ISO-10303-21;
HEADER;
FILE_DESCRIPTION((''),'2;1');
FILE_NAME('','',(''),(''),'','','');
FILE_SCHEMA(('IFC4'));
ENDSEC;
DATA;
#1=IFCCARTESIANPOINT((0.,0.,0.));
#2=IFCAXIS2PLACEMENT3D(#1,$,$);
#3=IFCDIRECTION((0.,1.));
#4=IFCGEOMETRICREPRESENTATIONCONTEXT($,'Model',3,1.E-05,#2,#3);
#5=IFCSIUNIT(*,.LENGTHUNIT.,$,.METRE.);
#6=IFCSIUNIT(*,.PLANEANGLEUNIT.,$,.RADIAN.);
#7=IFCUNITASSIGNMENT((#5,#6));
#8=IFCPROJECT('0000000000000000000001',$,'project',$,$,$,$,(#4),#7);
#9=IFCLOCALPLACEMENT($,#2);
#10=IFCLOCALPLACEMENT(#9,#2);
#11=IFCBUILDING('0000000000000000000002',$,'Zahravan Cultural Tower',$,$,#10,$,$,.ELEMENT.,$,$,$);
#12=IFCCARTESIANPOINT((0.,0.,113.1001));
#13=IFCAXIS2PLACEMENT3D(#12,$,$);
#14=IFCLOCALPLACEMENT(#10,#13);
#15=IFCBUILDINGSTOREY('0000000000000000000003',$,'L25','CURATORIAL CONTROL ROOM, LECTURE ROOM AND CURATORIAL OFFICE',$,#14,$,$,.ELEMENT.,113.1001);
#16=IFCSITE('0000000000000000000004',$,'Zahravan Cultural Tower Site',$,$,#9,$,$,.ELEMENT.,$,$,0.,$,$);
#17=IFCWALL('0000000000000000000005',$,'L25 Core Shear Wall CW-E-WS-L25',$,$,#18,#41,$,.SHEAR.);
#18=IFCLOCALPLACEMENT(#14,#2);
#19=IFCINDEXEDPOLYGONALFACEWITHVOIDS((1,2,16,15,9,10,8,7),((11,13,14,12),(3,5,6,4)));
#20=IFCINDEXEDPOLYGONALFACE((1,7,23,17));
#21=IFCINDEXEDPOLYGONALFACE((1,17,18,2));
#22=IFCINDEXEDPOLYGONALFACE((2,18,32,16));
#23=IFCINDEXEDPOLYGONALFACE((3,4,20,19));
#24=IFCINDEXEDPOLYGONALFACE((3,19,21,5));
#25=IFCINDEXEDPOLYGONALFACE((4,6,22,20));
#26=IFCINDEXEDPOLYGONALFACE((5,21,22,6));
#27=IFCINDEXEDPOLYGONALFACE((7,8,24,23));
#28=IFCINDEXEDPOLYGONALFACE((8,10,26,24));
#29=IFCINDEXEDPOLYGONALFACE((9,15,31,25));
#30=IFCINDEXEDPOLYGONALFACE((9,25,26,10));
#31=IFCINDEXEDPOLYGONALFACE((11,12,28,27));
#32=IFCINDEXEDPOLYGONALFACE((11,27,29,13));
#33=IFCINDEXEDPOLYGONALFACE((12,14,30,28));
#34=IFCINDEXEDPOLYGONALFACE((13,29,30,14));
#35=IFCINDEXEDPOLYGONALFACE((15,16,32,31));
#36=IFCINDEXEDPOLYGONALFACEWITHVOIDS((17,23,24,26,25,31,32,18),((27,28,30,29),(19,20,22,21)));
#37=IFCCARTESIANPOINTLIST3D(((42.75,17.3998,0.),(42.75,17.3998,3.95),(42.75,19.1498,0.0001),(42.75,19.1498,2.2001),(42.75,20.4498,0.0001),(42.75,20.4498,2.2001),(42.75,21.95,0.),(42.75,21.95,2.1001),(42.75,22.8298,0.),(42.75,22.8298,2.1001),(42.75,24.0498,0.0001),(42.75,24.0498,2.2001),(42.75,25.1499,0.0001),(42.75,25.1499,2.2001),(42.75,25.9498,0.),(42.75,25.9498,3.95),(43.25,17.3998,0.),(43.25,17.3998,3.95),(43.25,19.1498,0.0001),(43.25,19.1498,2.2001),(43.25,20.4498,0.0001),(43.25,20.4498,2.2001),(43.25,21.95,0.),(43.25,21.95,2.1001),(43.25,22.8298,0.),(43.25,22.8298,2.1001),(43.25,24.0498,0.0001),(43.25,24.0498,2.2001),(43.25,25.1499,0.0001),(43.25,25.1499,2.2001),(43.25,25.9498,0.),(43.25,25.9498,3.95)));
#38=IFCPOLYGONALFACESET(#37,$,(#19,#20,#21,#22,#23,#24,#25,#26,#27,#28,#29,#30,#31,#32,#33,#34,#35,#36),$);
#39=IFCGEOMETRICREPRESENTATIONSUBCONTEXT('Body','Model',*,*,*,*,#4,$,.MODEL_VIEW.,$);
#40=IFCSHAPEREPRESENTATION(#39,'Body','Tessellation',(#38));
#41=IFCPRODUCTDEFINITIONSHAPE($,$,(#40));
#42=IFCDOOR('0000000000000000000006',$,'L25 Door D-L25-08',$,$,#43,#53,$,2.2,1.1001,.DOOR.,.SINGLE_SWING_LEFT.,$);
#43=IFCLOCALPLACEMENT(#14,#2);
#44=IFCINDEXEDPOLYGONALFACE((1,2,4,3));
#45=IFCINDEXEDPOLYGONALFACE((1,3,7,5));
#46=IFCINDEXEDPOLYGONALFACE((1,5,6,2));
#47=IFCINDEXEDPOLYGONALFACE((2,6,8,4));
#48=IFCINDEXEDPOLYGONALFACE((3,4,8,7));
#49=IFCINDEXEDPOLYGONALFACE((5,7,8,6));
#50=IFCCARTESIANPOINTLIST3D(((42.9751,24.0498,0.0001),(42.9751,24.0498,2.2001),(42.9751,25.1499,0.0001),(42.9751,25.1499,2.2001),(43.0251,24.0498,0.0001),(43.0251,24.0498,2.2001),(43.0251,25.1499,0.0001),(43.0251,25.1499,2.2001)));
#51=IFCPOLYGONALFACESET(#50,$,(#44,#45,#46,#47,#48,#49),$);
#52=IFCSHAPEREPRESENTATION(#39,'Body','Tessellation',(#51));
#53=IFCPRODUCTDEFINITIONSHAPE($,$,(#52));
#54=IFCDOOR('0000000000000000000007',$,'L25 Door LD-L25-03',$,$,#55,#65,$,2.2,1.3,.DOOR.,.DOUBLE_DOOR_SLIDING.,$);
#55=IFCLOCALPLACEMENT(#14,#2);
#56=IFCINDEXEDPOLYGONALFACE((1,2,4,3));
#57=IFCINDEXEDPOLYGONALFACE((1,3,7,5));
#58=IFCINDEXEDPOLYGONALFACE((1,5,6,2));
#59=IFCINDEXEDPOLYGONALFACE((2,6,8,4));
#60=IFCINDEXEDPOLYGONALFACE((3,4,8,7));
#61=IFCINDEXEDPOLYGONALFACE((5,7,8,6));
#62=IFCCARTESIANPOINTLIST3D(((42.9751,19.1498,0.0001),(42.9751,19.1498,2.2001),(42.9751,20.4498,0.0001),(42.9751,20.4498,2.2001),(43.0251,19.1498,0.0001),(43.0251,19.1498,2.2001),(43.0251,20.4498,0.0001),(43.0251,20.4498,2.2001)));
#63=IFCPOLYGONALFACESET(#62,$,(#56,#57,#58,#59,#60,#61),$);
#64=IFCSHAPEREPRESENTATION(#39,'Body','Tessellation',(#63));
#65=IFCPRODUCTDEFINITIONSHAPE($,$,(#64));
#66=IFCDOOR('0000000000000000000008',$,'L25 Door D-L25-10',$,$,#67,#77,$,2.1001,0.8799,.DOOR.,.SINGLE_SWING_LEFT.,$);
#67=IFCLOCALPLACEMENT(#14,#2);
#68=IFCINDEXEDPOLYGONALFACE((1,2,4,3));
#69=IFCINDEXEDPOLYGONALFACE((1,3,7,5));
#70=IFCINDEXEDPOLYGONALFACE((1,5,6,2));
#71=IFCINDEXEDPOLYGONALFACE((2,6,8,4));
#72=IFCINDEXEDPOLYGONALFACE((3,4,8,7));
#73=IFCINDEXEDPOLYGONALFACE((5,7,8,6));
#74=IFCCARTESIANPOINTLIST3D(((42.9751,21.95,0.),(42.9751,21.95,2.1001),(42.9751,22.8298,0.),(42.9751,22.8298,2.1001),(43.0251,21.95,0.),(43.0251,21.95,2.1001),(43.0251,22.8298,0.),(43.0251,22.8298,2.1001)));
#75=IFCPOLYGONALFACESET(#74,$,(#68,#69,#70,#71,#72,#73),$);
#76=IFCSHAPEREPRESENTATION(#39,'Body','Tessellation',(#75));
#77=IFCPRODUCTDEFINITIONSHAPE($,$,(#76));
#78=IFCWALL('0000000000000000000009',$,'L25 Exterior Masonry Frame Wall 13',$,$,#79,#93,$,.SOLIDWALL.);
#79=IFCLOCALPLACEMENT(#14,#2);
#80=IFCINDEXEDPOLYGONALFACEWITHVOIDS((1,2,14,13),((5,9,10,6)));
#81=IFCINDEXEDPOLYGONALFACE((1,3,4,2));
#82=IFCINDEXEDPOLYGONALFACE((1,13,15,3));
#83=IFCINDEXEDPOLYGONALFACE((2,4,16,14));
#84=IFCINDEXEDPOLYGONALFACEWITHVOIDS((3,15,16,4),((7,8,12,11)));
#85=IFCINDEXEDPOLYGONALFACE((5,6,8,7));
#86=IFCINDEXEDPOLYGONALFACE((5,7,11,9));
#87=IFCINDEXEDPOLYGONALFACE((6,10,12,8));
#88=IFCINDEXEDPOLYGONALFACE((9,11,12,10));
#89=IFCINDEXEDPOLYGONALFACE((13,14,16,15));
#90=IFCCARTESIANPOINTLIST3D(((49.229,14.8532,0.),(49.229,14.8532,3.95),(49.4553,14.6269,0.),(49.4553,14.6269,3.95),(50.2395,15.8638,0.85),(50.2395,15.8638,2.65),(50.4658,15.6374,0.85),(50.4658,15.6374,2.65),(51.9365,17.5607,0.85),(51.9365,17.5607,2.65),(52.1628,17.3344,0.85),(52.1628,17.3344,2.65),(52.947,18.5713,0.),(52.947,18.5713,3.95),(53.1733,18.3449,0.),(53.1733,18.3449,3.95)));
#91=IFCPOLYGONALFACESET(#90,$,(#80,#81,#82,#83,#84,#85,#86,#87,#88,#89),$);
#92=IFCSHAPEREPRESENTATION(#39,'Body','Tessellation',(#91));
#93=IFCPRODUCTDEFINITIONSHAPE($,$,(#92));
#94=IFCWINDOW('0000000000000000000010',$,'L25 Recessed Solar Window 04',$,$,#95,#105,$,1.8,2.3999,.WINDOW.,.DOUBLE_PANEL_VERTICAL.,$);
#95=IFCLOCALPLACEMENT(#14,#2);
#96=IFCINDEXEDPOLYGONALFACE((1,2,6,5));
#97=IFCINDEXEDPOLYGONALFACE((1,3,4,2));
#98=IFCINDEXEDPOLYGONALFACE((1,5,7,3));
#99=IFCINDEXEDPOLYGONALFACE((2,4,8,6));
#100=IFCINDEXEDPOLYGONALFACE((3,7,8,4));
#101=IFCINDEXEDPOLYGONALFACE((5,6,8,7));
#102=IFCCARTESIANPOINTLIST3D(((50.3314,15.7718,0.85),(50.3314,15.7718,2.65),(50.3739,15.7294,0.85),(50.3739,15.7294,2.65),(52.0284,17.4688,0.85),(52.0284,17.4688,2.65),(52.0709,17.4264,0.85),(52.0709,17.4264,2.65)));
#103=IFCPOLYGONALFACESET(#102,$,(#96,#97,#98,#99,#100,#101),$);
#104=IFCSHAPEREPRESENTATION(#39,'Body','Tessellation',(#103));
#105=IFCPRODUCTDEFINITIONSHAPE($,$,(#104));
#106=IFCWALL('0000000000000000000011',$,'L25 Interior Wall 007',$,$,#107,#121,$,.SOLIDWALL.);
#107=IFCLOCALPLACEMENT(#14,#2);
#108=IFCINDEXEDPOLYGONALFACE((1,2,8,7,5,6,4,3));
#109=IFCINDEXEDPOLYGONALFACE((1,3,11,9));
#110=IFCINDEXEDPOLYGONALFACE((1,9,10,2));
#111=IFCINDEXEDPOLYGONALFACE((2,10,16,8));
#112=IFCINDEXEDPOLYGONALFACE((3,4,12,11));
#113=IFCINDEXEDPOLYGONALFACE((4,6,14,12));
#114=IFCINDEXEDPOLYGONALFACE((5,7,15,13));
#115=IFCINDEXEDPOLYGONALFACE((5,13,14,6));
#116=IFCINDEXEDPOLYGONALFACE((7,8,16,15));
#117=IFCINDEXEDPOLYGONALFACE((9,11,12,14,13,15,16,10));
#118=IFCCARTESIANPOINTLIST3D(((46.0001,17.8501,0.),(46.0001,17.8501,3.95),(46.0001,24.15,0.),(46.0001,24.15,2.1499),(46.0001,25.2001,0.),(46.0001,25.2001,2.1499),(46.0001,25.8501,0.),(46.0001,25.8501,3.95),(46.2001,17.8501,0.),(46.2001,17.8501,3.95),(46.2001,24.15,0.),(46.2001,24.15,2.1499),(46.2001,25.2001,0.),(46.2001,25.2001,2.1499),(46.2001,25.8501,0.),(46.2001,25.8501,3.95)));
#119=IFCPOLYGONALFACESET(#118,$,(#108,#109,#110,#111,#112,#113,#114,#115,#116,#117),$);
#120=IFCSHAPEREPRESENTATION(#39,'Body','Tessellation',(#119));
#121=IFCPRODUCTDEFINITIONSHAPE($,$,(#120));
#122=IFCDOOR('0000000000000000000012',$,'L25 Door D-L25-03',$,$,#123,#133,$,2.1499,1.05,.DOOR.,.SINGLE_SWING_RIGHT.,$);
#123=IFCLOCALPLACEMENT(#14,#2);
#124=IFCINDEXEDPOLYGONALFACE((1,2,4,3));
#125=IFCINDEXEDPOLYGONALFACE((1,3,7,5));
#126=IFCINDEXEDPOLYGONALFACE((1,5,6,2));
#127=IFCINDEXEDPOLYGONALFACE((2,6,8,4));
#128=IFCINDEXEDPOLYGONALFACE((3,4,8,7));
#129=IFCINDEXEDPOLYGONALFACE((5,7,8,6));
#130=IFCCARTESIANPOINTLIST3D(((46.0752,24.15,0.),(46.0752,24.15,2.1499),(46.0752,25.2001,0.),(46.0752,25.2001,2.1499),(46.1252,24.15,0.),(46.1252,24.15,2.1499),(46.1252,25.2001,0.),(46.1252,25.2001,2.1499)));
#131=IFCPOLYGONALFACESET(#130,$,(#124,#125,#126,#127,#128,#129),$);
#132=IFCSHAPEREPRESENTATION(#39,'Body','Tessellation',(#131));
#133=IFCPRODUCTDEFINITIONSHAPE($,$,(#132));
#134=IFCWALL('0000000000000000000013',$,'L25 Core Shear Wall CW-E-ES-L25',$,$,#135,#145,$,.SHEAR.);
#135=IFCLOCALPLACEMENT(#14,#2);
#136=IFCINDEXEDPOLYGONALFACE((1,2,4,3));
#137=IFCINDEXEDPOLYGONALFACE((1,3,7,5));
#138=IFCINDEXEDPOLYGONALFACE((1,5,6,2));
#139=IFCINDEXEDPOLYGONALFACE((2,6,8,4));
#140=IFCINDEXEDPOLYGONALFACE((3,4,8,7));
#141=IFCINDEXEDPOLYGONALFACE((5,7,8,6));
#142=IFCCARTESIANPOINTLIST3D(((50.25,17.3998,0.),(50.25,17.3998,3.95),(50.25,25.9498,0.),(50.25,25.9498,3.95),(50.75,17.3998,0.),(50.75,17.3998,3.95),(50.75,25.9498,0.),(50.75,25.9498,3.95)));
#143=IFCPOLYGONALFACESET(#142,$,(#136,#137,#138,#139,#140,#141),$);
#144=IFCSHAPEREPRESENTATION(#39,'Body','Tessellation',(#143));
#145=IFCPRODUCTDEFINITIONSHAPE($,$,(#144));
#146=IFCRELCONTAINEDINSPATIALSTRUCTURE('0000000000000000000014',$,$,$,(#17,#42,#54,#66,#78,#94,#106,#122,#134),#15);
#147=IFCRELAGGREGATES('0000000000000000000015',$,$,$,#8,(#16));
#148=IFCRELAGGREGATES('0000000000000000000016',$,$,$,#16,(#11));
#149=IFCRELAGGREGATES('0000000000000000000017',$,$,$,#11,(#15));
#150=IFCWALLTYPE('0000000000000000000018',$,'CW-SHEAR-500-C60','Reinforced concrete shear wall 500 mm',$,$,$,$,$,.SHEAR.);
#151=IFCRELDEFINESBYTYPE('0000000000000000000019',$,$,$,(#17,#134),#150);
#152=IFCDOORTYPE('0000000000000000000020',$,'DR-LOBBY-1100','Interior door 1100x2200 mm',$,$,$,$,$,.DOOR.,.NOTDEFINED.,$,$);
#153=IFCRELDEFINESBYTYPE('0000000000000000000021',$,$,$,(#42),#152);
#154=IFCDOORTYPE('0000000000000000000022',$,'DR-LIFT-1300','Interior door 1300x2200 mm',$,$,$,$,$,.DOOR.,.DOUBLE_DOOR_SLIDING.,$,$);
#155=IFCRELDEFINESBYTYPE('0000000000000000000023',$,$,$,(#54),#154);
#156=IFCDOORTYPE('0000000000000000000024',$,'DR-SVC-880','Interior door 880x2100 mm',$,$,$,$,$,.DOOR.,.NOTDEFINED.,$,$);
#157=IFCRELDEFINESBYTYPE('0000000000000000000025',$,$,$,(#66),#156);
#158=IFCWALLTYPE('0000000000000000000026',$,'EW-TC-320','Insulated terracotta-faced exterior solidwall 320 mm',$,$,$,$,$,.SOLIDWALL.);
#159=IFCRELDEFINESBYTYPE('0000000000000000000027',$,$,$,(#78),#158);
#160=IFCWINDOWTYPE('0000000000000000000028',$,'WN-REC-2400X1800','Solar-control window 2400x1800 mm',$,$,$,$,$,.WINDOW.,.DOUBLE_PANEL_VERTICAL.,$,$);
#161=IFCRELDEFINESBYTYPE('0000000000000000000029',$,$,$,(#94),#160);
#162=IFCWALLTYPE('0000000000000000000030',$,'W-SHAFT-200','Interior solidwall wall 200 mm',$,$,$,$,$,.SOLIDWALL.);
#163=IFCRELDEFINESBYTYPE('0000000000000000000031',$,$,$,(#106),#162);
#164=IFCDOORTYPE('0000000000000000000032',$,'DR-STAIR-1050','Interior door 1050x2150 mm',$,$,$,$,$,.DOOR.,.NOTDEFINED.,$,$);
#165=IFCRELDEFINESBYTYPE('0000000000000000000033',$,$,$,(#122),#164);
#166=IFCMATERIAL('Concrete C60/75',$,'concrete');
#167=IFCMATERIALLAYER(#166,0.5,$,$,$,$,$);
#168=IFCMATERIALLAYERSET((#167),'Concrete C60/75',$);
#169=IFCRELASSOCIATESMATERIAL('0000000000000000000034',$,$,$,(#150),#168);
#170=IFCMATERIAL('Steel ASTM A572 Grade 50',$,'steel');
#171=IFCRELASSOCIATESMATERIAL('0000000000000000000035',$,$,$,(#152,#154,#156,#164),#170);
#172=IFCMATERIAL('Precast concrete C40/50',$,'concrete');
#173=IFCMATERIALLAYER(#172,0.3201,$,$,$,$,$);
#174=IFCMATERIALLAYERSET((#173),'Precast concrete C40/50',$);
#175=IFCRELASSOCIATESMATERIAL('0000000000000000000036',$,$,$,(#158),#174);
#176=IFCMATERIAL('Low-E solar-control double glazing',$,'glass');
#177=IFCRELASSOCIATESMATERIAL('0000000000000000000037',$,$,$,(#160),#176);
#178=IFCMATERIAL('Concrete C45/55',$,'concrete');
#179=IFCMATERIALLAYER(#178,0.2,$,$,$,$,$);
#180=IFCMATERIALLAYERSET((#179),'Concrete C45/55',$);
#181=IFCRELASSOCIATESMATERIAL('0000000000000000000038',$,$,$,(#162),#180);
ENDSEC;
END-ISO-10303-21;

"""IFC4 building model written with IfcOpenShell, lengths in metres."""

from ifc_helpers import new_model, si_unit, direction, frame, frame_2d, origin, place, context, subcontext, project, spatial, rectangle, extrude, source, transform, mapped, material, layer, layer_set, type_object, element, fill, save


model = new_model("IFC4")

# Units and contexts
model_context = context("Model", 3, precision=1e-05, world=origin(), true_north=direction((0.0, 1.0)))
body_context = subcontext(model_context, "Body", "Model", "MODEL_VIEW")
ifc_project = project(units=[si_unit("LENGTHUNIT", "METRE"), si_unit("PLANEANGLEUNIT", "RADIAN")], contexts=[model_context])

# Site, building, storey
site_placement = place(None, origin())
site = spatial("IfcSite", under=ifc_project, at=site_placement, Name="Zahravan Cultural Tower Site", CompositionType="ELEMENT", RefElevation=0.0)
building_placement = place(site_placement, origin())
building = spatial("IfcBuilding", under=site, at=building_placement, Name="Zahravan Cultural Tower", CompositionType="ELEMENT")
storey_placement = place(building_placement, frame((0.0, 0.0, 113.1001)))
storey = spatial("IfcBuildingStorey", under=building, at=storey_placement, Name="L25", Description="CURATORIAL CONTROL ROOM, LECTURE ROOM AND CURATORIAL OFFICE", CompositionType="ELEMENT", Elevation=113.1001)

# Shared definitions
ifc_material_1 = material(Name="Concrete C60/75", Category="concrete")

# Wall, openings, doors
ifc_layer_1 = layer(ifc_material_1, 0.5)
ifc_layer_set_1 = layer_set([ifc_layer_1], Name="Concrete C60/75")
wall_type_1 = type_object("IfcWallType", Name="CW-SHEAR-500-C60", Description="Reinforced concrete shear wall 500 mm", PredefinedType="SHEAR", material=ifc_layer_set_1)
wall_1_placement = place(storey_placement, frame((43.0, 17.3999, 0.0), z_axis=(0.0, 0.0, 1.0), x_axis=(0.0, 1.0, 0.0)))
wall_1 = element("IfcWall", 1, at=wall_1_placement, inside=storey, type_object=wall_type_1, Name="L25 Core Shear Wall CW-E-WS-L25", PredefinedType="SHEAR", context=body_context, shape_type="SweptSolid", body=[
    extrude(rectangle(XDim=8.55, YDim=0.5, at=frame_2d((4.2749, 0.0))), origin(), (0.0, 0.0, 1.0), 3.95),
])
opening_1_placement = place(wall_1_placement, frame((6.6499, 0.0, 0.0)))
opening_1 = element("IfcOpeningElement", 2, at=opening_1_placement, cuts=wall_1, PredefinedType="OPENING", context=body_context, shape_type="SweptSolid", body=[
    extrude(rectangle(XDim=1.1001, YDim=2.2, at=frame_2d((0.55, 1.1001))), frame((0.0, 0.26, 0.0), z_axis=(0.0, -1.0, 0.0), x_axis=(1.0, 0.0, 0.0)), (0.0, 0.0, 1.0), 0.52),
])
opening_2_placement = place(wall_1_placement, frame((1.75, 0.0, 0.0)))
opening_2 = element("IfcOpeningElement", 3, at=opening_2_placement, cuts=wall_1, PredefinedType="OPENING", context=body_context, shape_type="SweptSolid", body=[
    extrude(rectangle(XDim=1.3, YDim=2.2, at=frame_2d((0.6499, 1.1001))), frame((0.0, 0.26, 0.0), z_axis=(0.0, -1.0, 0.0), x_axis=(1.0, 0.0, 0.0)), (0.0, 0.0, 1.0), 0.52),
])
opening_3_placement = place(wall_1_placement, frame((4.55, 0.0, 0.0)))
opening_3 = element("IfcOpeningElement", 4, at=opening_3_placement, cuts=wall_1, PredefinedType="OPENING", context=body_context, shape_type="SweptSolid", body=[
    extrude(rectangle(XDim=0.8799, YDim=2.1001, at=frame_2d((0.4399, 1.05))), frame((0.0, 0.26, 0.0), z_axis=(0.0, -1.0, 0.0), x_axis=(1.0, 0.0, 0.0)), (0.0, 0.0, 1.0), 0.52),
])
ifc_material_2 = material(Name="Steel ASTM A572 Grade 50", Category="steel")
door_type_1 = type_object("IfcDoorType", Name="DR-LOBBY-1100", Description="Interior door 1100x2200 mm", OperationType="NOTDEFINED", PredefinedType="DOOR", material=ifc_material_2)
shared_shape_1 = source(origin(), body_context, "Body", "SweptSolid", [
    extrude(rectangle(XDim=1.1001, YDim=2.2, at=frame_2d((0.55, 1.1001))), frame((0.0, 0.0249, 0.0), z_axis=(0.0, -1.0, 0.0), x_axis=(1.0, 0.0, 0.0)), (0.0, 0.0, 1.0), 0.05),
])
door_1_placement = place(opening_1_placement, origin())
door_1 = element("IfcDoor", 5, at=door_1_placement, inside=storey, type_object=door_type_1, Name="L25 Door D-L25-08", OperationType="SINGLE_SWING_LEFT", OverallHeight=2.2, OverallWidth=1.1001, PredefinedType="DOOR", context=body_context, shape_type="MappedRepresentation", body=[
    mapped(shared_shape_1, transform((0.0, 0.0, 0.0), x_axis=(1.0, 0.0, 0.0), y_axis=(0.0, 1.0, 0.0), z_axis=(0.0, 0.0, 1.0), scale=1.0)),
])
fill(opening_1, door_1)
door_type_2 = type_object("IfcDoorType", Name="DR-LIFT-1300", Description="Interior door 1300x2200 mm", OperationType="DOUBLE_DOOR_SLIDING", PredefinedType="DOOR", material=ifc_material_2)
shared_shape_2 = source(origin(), body_context, "Body", "SweptSolid", [
    extrude(rectangle(XDim=1.3, YDim=2.2, at=frame_2d((0.6499, 1.1001))), frame((0.0, 0.0249, 0.0), z_axis=(0.0, -1.0, 0.0), x_axis=(1.0, 0.0, 0.0)), (0.0, 0.0, 1.0), 0.05),
])
door_2_placement = place(opening_2_placement, origin())
door_2 = element("IfcDoor", 6, at=door_2_placement, inside=storey, type_object=door_type_2, Name="L25 Door LD-L25-03", OperationType="DOUBLE_DOOR_SLIDING", OverallHeight=2.2, OverallWidth=1.3, PredefinedType="DOOR", context=body_context, shape_type="MappedRepresentation", body=[
    mapped(shared_shape_2, transform((0.0, 0.0, 0.0), x_axis=(1.0, 0.0, 0.0), y_axis=(0.0, 1.0, 0.0), z_axis=(0.0, 0.0, 1.0), scale=1.0)),
])
fill(opening_2, door_2)
door_type_3 = type_object("IfcDoorType", Name="DR-SVC-880", Description="Interior door 880x2100 mm", OperationType="NOTDEFINED", PredefinedType="DOOR", material=ifc_material_2)
shared_shape_3 = source(origin(), body_context, "Body", "SweptSolid", [
    extrude(rectangle(XDim=0.8799, YDim=2.1001, at=frame_2d((0.4399, 1.05))), frame((0.0, 0.0249, 0.0), z_axis=(0.0, -1.0, 0.0), x_axis=(1.0, 0.0, 0.0)), (0.0, 0.0, 1.0), 0.05),
])
door_3_placement = place(opening_3_placement, origin())
door_3 = element("IfcDoor", 7, at=door_3_placement, inside=storey, type_object=door_type_3, Name="L25 Door D-L25-10", OperationType="SINGLE_SWING_LEFT", OverallHeight=2.1001, OverallWidth=0.8799, PredefinedType="DOOR", context=body_context, shape_type="MappedRepresentation", body=[
    mapped(shared_shape_3, transform((0.0, 0.0, 0.0), x_axis=(1.0, 0.0, 0.0), y_axis=(0.0, 1.0, 0.0), z_axis=(0.0, 0.0, 1.0), scale=1.0)),
])
fill(opening_3, door_3)

# Wall, opening, window
ifc_material_3 = material(Name="Precast concrete C40/50", Category="concrete")
ifc_layer_2 = layer(ifc_material_3, 0.3201)
ifc_layer_set_2 = layer_set([ifc_layer_2], Name="Precast concrete C40/50")
wall_type_2 = type_object("IfcWallType", Name="EW-TC-320", Description="Insulated terracotta-faced exterior solidwall 320 mm", PredefinedType="SOLIDWALL", material=ifc_layer_set_2)
wall_2_placement = place(storey_placement, frame((53.0601, 18.458, 0.0), z_axis=(0.0, 0.0, 1.0), x_axis=(-0.707107, -0.707107, 0.0)))
wall_2 = element("IfcWall", 8, at=wall_2_placement, inside=storey, type_object=wall_type_2, Name="L25 Exterior Masonry Frame Wall 13", PredefinedType="SOLIDWALL", context=body_context, shape_type="SweptSolid", body=[
    extrude(rectangle(XDim=5.2581, YDim=0.3201, at=frame_2d((2.6289, 0.0))), origin(), (0.0, 0.0, 1.0), 3.95),
])
opening_4_placement = place(wall_2_placement, frame((1.429, 0.0, 0.8501)))
opening_4 = element("IfcOpeningElement", 9, at=opening_4_placement, cuts=wall_2, PredefinedType="OPENING", context=body_context, shape_type="SweptSolid", body=[
    extrude(rectangle(XDim=2.3999, YDim=1.8, at=frame_2d((1.2, 0.8999))), frame((0.0, 0.1699, 0.0), z_axis=(0.0, -1.0, 0.0), x_axis=(1.0, 0.0, 0.0)), (0.0, 0.0, 1.0), 0.3401),
])
ifc_material_4 = material(Name="Low-E solar-control double glazing", Category="glass")
window_type = type_object("IfcWindowType", Name="WN-REC-2400X1800", Description="Solar-control window 2400x1800 mm", PartitioningType="DOUBLE_PANEL_VERTICAL", PredefinedType="WINDOW", material=ifc_material_4)
shared_shape_4 = source(origin(), body_context, "Body", "SweptSolid", [
    extrude(rectangle(XDim=2.3999, YDim=1.8, at=frame_2d((1.2, 0.8999))), frame((0.0, 0.03, 0.0), z_axis=(0.0, -1.0, 0.0), x_axis=(1.0, 0.0, 0.0)), (0.0, 0.0, 1.0), 0.0601),
])
window_placement = place(opening_4_placement, origin())
window = element("IfcWindow", 10, at=window_placement, inside=storey, type_object=window_type, Name="L25 Recessed Solar Window 04", OverallHeight=1.8, OverallWidth=2.3999, PartitioningType="DOUBLE_PANEL_VERTICAL", PredefinedType="WINDOW", context=body_context, shape_type="MappedRepresentation", body=[
    mapped(shared_shape_4, transform((0.0, 0.0, 0.0), x_axis=(1.0, 0.0, 0.0), y_axis=(0.0, 1.0, 0.0), z_axis=(0.0, 0.0, 1.0), scale=1.0)),
])
fill(opening_4, window)

# Wall, opening, door
shared_shape_5 = source(origin(), body_context, "Body", "SweptSolid", [
    extrude(rectangle(XDim=1.05, YDim=2.1499, at=frame_2d((0.5249, 1.075))), frame((0.0, 0.0249, 0.0), z_axis=(0.0, -1.0, 0.0), x_axis=(1.0, 0.0, 0.0)), (0.0, 0.0, 1.0), 0.05),
])
ifc_material_5 = material(Name="Concrete C45/55", Category="concrete")
ifc_layer_3 = layer(ifc_material_5, 0.2)
ifc_layer_set_3 = layer_set([ifc_layer_3], Name="Concrete C45/55")
wall_type_3 = type_object("IfcWallType", Name="W-SHAFT-200", Description="Interior solidwall wall 200 mm", PredefinedType="SOLIDWALL", material=ifc_layer_set_3)
wall_3_placement = place(storey_placement, frame((46.1001, 17.8501, 0.0), z_axis=(0.0, 0.0, 1.0), x_axis=(0.0, 1.0, 0.0)))
wall_3 = element("IfcWall", 11, at=wall_3_placement, inside=storey, type_object=wall_type_3, Name="L25 Interior Wall 007", PredefinedType="SOLIDWALL", context=body_context, shape_type="SweptSolid", body=[
    extrude(rectangle(XDim=8.0, YDim=0.2, at=frame_2d((4.0, 0.0))), origin(), (0.0, 0.0, 1.0), 3.95),
])
opening_5_placement = place(wall_3_placement, frame((6.3, 0.0, 0.0)))
opening_5 = element("IfcOpeningElement", 12, at=opening_5_placement, cuts=wall_3, PredefinedType="OPENING", context=body_context, shape_type="SweptSolid", body=[
    extrude(rectangle(XDim=1.05, YDim=2.1499, at=frame_2d((0.5249, 1.075))), frame((0.0, 0.1099, 0.0), z_axis=(0.0, -1.0, 0.0), x_axis=(1.0, 0.0, 0.0)), (0.0, 0.0, 1.0), 0.22),
])
door_type_4 = type_object("IfcDoorType", Name="DR-STAIR-1050", Description="Interior door 1050x2150 mm", OperationType="NOTDEFINED", PredefinedType="DOOR", material=ifc_material_2)
door_4_placement = place(opening_5_placement, origin())
door_4 = element("IfcDoor", 13, at=door_4_placement, inside=storey, type_object=door_type_4, Name="L25 Door D-L25-03", OperationType="SINGLE_SWING_RIGHT", OverallHeight=2.1499, OverallWidth=1.05, PredefinedType="DOOR", context=body_context, shape_type="MappedRepresentation", body=[
    mapped(shared_shape_5, transform((0.0, 0.0, 0.0), x_axis=(1.0, 0.0, 0.0), y_axis=(0.0, 1.0, 0.0), z_axis=(0.0, 0.0, 1.0), scale=1.0)),
])
fill(opening_5, door_4)

# Wall
shared_shape_6 = source(origin(), body_context, "Body", "SweptSolid", [
    extrude(rectangle(XDim=8.55, YDim=0.5, at=frame_2d((4.2749, 0.0))), origin(), (0.0, 0.0, 1.0), 3.95),
])
wall_4_placement = place(storey_placement, frame((50.5, 17.3999, 0.0), z_axis=(0.0, 0.0, 1.0), x_axis=(0.0, 1.0, 0.0)))
element("IfcWall", 14, at=wall_4_placement, inside=storey, type_object=wall_type_1, Name="L25 Core Shear Wall CW-E-ES-L25", PredefinedType="SHEAR", context=body_context, shape_type="MappedRepresentation", body=[
    mapped(shared_shape_6, transform((0.0, 0.0, 0.0), x_axis=(1.0, 0.0, 0.0), y_axis=(0.0, 1.0, 0.0), z_axis=(0.0, 0.0, 1.0), scale=1.0)),
])

save(model, "model.ifc")
